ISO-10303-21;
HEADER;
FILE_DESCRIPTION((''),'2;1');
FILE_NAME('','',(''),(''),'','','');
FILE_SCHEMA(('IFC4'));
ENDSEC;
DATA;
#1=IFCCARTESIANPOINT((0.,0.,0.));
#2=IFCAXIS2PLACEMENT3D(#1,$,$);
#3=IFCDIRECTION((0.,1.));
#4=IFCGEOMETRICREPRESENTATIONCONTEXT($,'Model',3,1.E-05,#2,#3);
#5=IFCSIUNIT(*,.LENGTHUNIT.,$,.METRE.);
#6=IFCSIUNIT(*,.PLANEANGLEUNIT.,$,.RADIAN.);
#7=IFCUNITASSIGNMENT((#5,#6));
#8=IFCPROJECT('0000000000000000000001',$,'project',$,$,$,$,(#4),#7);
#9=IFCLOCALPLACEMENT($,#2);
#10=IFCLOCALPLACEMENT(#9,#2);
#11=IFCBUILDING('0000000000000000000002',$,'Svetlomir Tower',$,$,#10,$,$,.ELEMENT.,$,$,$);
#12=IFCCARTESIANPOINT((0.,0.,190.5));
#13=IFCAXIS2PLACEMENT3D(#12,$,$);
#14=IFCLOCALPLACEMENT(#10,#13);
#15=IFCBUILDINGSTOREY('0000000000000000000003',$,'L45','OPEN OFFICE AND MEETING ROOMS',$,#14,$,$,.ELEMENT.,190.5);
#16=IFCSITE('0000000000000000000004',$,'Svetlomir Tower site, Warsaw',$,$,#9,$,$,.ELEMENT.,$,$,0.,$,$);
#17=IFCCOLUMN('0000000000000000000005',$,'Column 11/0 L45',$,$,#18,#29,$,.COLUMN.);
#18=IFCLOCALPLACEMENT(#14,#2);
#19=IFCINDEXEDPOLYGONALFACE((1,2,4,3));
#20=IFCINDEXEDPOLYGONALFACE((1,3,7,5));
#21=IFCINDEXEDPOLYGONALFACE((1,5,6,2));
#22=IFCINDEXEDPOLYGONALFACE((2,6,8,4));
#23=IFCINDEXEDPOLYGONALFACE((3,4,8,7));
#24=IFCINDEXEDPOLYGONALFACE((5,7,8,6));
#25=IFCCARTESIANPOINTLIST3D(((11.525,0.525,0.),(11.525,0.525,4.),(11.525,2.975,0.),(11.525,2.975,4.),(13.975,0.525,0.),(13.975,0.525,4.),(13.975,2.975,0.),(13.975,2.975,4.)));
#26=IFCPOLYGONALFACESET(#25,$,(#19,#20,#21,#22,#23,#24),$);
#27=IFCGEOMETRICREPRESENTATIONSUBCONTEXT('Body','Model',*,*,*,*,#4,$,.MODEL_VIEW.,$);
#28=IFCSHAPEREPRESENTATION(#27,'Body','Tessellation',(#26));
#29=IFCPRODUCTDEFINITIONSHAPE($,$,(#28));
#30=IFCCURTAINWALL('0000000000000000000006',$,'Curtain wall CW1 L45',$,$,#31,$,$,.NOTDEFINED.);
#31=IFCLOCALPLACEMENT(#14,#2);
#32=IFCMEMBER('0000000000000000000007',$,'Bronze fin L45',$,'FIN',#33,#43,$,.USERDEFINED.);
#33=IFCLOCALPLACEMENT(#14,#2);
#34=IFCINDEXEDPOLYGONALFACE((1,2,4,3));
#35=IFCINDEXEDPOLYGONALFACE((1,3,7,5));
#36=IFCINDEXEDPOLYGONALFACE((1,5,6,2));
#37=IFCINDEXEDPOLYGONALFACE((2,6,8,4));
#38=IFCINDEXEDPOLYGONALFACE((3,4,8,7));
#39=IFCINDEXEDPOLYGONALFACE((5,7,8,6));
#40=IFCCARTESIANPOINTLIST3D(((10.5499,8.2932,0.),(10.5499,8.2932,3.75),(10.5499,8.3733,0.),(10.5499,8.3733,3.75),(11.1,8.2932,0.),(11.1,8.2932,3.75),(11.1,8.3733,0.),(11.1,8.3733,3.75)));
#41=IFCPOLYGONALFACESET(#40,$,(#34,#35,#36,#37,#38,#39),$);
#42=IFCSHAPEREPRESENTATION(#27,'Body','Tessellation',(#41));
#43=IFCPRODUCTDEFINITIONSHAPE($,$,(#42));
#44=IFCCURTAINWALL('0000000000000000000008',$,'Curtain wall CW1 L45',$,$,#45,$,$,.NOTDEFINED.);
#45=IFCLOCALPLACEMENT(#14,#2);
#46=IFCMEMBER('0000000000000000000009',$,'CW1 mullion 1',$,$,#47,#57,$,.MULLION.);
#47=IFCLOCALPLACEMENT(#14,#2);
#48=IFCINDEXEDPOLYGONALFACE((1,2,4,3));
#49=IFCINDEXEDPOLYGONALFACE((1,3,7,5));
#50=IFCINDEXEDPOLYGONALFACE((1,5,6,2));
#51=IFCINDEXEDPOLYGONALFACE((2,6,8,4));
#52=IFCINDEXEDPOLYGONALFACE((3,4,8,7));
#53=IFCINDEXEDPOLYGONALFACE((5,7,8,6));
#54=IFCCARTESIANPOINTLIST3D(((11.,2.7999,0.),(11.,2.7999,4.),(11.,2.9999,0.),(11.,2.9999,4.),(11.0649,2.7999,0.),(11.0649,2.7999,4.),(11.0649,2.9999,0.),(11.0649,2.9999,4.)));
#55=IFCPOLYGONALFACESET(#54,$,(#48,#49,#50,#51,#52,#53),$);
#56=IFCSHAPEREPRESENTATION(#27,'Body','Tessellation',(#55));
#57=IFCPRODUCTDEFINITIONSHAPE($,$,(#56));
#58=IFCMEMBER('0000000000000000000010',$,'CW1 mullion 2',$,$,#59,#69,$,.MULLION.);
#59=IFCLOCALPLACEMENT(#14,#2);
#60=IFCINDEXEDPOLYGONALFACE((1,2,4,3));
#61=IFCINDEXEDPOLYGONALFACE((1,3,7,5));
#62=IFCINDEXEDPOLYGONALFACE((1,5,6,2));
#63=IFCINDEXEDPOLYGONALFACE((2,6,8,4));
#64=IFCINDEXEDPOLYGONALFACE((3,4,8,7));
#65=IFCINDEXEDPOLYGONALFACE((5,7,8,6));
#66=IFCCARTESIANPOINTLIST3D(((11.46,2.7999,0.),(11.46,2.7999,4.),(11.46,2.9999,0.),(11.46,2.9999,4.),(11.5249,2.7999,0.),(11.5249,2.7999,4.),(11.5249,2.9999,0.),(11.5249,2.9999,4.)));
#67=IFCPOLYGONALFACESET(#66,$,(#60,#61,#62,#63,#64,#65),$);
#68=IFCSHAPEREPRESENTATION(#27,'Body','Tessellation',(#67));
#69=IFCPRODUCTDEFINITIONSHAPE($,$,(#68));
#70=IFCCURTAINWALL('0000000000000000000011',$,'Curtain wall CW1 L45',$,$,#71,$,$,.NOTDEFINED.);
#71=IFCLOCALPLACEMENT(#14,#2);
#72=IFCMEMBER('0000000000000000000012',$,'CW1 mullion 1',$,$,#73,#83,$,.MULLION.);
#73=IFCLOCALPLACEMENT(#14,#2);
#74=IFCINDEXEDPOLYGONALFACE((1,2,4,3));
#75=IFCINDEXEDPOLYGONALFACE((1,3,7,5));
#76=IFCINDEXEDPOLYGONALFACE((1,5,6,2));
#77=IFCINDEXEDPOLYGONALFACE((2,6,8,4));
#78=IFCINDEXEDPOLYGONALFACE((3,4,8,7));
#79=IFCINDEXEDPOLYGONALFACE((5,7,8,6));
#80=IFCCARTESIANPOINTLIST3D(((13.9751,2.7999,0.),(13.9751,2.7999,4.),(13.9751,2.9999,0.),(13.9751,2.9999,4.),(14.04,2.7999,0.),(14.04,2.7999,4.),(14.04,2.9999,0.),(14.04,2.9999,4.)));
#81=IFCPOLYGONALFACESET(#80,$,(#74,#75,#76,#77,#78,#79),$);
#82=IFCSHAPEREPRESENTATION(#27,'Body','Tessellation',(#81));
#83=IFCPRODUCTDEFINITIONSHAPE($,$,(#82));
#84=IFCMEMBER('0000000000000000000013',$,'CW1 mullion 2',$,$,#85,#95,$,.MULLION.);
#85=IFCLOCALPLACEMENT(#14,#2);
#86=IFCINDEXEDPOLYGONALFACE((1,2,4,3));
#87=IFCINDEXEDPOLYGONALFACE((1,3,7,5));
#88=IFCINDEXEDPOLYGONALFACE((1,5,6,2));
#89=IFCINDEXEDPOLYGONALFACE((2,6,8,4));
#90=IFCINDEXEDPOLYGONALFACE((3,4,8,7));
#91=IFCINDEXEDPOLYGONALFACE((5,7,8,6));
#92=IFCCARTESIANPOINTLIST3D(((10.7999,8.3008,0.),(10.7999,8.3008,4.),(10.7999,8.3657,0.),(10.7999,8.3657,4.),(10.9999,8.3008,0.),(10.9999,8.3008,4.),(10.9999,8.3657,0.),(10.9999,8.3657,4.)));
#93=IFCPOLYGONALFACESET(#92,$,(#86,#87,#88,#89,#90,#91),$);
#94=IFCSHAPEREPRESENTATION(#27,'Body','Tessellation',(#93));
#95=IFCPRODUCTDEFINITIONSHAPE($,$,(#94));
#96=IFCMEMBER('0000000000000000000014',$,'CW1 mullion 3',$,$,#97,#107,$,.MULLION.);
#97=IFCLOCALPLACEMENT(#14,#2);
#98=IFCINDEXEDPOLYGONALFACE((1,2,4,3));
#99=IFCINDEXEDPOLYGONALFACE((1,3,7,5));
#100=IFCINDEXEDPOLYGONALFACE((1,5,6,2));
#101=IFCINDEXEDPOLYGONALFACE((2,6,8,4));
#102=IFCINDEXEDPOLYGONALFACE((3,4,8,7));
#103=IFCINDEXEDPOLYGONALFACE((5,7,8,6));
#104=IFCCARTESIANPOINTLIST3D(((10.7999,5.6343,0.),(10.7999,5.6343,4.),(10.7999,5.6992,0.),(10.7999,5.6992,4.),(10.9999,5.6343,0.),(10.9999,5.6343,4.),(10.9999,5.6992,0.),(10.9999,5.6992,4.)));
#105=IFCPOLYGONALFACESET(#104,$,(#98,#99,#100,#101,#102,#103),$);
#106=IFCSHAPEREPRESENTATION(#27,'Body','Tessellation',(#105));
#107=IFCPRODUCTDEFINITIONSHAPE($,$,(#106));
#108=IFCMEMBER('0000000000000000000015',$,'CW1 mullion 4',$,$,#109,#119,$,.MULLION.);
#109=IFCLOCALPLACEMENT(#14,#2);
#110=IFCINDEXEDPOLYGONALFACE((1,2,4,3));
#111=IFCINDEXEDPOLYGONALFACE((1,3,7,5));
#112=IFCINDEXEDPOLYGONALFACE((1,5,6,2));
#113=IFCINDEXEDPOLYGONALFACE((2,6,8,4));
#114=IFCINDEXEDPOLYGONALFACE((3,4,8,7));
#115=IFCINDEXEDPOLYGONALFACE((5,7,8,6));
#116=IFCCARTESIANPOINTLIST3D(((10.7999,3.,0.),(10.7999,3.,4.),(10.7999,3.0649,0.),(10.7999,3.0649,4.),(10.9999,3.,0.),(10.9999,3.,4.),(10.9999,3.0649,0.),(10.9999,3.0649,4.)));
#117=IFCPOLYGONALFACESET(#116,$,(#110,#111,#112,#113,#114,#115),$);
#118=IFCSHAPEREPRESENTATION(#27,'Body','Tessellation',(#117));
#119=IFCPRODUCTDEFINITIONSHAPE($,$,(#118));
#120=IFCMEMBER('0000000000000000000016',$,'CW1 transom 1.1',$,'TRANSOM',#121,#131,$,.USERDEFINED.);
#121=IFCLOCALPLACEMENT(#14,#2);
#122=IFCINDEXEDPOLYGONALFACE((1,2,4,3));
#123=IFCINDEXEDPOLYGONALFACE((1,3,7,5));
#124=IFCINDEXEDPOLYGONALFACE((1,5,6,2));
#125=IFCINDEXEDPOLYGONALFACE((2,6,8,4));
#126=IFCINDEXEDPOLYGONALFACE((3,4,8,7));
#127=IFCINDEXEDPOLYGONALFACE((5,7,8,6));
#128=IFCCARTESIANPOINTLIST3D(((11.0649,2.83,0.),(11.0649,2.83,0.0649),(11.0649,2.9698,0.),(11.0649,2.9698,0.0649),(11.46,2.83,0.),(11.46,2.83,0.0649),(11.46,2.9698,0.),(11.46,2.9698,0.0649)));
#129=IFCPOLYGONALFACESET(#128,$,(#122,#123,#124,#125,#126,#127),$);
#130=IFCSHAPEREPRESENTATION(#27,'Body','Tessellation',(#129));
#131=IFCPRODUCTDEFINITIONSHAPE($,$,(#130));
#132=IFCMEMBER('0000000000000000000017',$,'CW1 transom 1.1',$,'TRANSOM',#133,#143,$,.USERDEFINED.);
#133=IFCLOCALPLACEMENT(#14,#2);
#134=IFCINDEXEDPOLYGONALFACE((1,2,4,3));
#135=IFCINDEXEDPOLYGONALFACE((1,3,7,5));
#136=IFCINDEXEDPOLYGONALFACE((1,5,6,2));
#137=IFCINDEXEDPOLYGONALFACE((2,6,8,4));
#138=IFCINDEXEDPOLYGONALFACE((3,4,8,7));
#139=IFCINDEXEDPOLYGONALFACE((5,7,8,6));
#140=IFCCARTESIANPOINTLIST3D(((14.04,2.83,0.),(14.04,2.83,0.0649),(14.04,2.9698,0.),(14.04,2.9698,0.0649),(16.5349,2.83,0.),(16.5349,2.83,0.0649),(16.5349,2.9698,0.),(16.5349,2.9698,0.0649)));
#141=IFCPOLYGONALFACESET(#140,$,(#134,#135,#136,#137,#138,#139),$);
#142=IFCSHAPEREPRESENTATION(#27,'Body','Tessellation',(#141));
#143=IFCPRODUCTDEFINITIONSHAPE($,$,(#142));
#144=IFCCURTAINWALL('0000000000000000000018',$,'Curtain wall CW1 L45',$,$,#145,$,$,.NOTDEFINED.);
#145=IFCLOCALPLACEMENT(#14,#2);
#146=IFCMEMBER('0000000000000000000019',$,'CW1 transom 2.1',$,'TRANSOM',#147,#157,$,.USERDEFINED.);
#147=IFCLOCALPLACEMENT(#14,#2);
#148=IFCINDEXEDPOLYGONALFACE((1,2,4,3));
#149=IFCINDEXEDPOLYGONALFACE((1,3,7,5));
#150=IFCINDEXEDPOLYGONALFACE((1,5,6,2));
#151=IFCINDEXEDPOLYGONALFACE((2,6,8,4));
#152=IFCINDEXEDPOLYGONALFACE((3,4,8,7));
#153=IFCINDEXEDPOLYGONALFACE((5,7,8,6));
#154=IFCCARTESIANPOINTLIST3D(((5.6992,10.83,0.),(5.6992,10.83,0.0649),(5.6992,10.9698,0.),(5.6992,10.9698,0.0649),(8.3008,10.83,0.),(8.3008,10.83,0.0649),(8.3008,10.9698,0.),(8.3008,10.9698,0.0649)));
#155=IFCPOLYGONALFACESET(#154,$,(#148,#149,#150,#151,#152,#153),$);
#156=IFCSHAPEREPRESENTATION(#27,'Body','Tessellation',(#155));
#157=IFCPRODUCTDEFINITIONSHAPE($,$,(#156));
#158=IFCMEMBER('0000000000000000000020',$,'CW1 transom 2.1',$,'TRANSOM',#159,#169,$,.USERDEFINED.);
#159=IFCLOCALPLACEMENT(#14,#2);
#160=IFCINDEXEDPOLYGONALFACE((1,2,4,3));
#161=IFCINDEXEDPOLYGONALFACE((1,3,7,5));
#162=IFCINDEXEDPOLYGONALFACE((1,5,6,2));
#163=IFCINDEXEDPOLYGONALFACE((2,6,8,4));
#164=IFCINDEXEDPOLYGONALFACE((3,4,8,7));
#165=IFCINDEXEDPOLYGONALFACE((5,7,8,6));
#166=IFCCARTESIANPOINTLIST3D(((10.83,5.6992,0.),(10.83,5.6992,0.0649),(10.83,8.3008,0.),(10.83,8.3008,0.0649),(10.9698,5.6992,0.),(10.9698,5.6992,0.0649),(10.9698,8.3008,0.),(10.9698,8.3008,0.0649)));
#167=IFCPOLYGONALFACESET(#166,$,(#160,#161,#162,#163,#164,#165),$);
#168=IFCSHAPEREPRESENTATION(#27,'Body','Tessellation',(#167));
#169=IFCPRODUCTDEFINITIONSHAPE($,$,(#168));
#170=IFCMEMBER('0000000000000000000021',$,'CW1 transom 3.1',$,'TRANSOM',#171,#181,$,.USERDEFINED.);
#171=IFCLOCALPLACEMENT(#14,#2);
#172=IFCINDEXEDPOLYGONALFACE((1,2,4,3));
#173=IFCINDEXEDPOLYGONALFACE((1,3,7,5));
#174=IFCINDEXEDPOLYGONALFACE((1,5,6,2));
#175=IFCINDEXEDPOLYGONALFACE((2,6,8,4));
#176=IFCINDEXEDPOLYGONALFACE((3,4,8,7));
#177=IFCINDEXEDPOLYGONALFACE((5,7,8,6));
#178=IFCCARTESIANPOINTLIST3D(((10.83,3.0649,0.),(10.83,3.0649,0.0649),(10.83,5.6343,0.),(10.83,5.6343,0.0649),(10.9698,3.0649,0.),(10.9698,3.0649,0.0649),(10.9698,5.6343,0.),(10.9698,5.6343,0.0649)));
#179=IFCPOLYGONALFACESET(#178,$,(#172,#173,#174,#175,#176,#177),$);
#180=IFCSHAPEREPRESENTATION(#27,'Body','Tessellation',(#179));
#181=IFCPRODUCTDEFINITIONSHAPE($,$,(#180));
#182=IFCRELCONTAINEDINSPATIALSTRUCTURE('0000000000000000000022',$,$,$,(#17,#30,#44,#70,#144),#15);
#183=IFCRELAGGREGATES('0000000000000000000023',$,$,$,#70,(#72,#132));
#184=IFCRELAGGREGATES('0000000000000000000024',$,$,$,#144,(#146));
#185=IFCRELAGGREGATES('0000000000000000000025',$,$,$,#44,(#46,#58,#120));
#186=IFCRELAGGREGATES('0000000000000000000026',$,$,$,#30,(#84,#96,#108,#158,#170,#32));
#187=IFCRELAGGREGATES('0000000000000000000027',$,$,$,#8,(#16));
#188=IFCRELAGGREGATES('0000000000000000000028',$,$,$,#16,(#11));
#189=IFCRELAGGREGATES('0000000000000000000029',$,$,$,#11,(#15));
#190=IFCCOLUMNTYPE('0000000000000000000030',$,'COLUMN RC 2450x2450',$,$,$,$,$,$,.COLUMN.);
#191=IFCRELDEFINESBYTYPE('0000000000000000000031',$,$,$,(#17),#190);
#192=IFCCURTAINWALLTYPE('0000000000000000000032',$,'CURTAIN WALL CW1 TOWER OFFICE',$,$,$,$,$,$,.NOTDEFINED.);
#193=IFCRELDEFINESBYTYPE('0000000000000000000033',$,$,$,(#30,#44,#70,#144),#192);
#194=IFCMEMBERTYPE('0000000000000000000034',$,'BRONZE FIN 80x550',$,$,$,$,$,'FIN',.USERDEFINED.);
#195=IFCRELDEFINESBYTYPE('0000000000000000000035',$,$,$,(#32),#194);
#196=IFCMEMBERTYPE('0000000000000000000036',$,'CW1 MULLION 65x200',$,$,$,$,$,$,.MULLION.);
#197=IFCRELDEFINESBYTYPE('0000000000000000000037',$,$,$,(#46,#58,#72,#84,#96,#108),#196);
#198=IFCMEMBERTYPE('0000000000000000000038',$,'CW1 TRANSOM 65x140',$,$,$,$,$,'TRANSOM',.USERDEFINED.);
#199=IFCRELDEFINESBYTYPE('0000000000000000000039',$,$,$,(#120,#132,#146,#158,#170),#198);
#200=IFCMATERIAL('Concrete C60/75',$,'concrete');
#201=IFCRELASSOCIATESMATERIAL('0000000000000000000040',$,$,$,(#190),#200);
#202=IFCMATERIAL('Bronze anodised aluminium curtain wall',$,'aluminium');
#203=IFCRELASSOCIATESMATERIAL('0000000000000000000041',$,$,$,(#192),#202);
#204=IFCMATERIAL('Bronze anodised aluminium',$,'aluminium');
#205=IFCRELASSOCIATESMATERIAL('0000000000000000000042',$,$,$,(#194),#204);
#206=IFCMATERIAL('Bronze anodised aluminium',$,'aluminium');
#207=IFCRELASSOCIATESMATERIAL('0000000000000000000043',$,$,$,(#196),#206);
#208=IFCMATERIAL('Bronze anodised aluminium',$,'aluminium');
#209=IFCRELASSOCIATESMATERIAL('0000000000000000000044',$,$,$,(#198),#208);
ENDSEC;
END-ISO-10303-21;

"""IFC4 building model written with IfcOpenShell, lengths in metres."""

from ifc_helpers import new_model, si_unit, direction, frame, origin, origin_2d, place, context, subcontext, project, spatial, rectangle, extrude, material, material_profile, profile_set, type_object, element, aggregate, save


model = new_model("IFC4")

# Units and contexts
model_context = context("Model", 3, precision=1e-05, world=origin(), true_north=direction((0.0, 1.0)))
body_context = subcontext(model_context, "Body", "Model", "MODEL_VIEW")
ifc_project = project(units=[si_unit("LENGTHUNIT", "METRE"), si_unit("PLANEANGLEUNIT", "RADIAN")], contexts=[model_context])

# Site, building, storey
site_placement = place(None, origin())
site = spatial("IfcSite", under=ifc_project, at=site_placement, Name="Svetlomir Tower site, Warsaw", CompositionType="ELEMENT", RefElevation=0.0)
building_placement = place(site_placement, origin())
building = spatial("IfcBuilding", under=site, at=building_placement, Name="Svetlomir Tower", CompositionType="ELEMENT")
storey_placement = place(building_placement, frame((0.0, 0.0, 190.5)))
storey = spatial("IfcBuildingStorey", under=building, at=storey_placement, Name="L45", Description="OPEN OFFICE AND MEETING ROOMS", CompositionType="ELEMENT", Elevation=190.5)

# Column
ifc_material_1 = material(Name="Concrete C60/75", Category="concrete")
ifc_material_profile_1 = material_profile(ifc_material_1, rectangle(XDim=2.45, YDim=2.45, at=origin_2d()), Name="RC 2450x2450")
ifc_profile_set_1 = profile_set([ifc_material_profile_1], Name="Concrete C60/75")
column_type = type_object("IfcColumnType", Name="COLUMN RC 2450x2450", PredefinedType="COLUMN", material=ifc_profile_set_1)
column_placement = place(storey_placement, frame((12.75, 1.75, 0.0), z_axis=(0.0, 0.0, 1.0), x_axis=(1.0, 0.0, 0.0)))
element("IfcColumn", 1, at=column_placement, inside=storey, type_object=column_type, Name="Column 11/0 L45", PredefinedType="COLUMN", context=body_context, shape_type="SweptSolid", body=[
    extrude(rectangle(XDim=2.45, YDim=2.45, at=origin_2d()), origin(), (0.0, 0.0, 1.0), 4.0),
])

# Curtain wall, member
ifc_material_2 = material(Name="Bronze anodised aluminium curtain wall", Category="aluminium")
curtain_wall_type = type_object("IfcCurtainWallType", Name="CURTAIN WALL CW1 TOWER OFFICE", PredefinedType="NOTDEFINED", material=ifc_material_2)
curtain_wall_1_placement = place(storey_placement, origin())
curtain_wall_1 = element("IfcCurtainWall", 2, at=curtain_wall_1_placement, inside=storey, type_object=curtain_wall_type, Name="Curtain wall CW1 L45", PredefinedType="NOTDEFINED")
ifc_material_3 = material(Name="Bronze anodised aluminium", Category="aluminium")
ifc_material_profile_2 = material_profile(ifc_material_3, rectangle(XDim=0.0801, YDim=0.55, at=origin_2d()), Name="FIN 80x550")
ifc_profile_set_2 = profile_set([ifc_material_profile_2], Name="Bronze anodised aluminium 6063-T6")
member_type_1 = type_object("IfcMemberType", Name="BRONZE FIN 80x550", ElementType="FIN", PredefinedType="USERDEFINED", material=ifc_profile_set_2)
member_1_placement = place(storey_placement, frame((10.825, 8.3333, 0.0), z_axis=(0.0, 0.0, 1.0), x_axis=(0.0, 1.0, 0.0)))
member_1 = element("IfcMember", 3, at=member_1_placement, type_object=member_type_1, Name="Bronze fin L45", ObjectType="FIN", PredefinedType="USERDEFINED", context=body_context, shape_type="SweptSolid", body=[
    extrude(rectangle(XDim=0.0801, YDim=0.55, at=origin_2d()), origin(), (0.0, 0.0, 1.0), 3.75),
])

# Curtain wall, members
curtain_wall_2_placement = place(storey_placement, origin())
curtain_wall_2 = element("IfcCurtainWall", 4, at=curtain_wall_2_placement, inside=storey, type_object=curtain_wall_type, Name="Curtain wall CW1 L45", PredefinedType="NOTDEFINED")
ifc_material_4 = material(Name="Bronze anodised aluminium", Category="aluminium")
ifc_material_profile_3 = material_profile(ifc_material_4, rectangle(XDim=0.0649, YDim=0.2, at=origin_2d()), Name="AL 65x200")
ifc_profile_set_3 = profile_set([ifc_material_profile_3], Name="Bronze anodised aluminium 6063-T6")
member_type_2 = type_object("IfcMemberType", Name="CW1 MULLION 65x200", PredefinedType="MULLION", material=ifc_profile_set_3)
member_2_placement = place(storey_placement, frame((11.0325, 2.8999, 0.0), z_axis=(0.0, 0.0, 1.0), x_axis=(1.0, 0.0, 0.0)))
member_2 = element("IfcMember", 5, at=member_2_placement, type_object=member_type_2, Name="CW1 mullion 1", PredefinedType="MULLION", context=body_context, shape_type="SweptSolid", body=[
    extrude(rectangle(XDim=0.0649, YDim=0.2, at=origin_2d()), origin(), (0.0, 0.0, 1.0), 4.0),
])
member_3_placement = place(storey_placement, frame((11.4924, 2.8999, 0.0), z_axis=(0.0, 0.0, 1.0), x_axis=(1.0, 0.0, 0.0)))
member_3 = element("IfcMember", 6, at=member_3_placement, type_object=member_type_2, Name="CW1 mullion 2", PredefinedType="MULLION", context=body_context, shape_type="SweptSolid", body=[
    extrude(rectangle(XDim=0.0649, YDim=0.2, at=origin_2d()), origin(), (0.0, 0.0, 1.0), 4.0),
])

# Curtain wall, member
curtain_wall_3_placement = place(storey_placement, origin())
curtain_wall_3 = element("IfcCurtainWall", 7, at=curtain_wall_3_placement, inside=storey, type_object=curtain_wall_type, Name="Curtain wall CW1 L45", PredefinedType="NOTDEFINED")
member_4_placement = place(storey_placement, frame((14.0076, 2.8999, 0.0), z_axis=(0.0, 0.0, 1.0), x_axis=(1.0, 0.0, 0.0)))
member_4 = element("IfcMember", 8, at=member_4_placement, type_object=member_type_2, Name="CW1 mullion 1", PredefinedType="MULLION", context=body_context, shape_type="SweptSolid", body=[
    extrude(rectangle(XDim=0.0649, YDim=0.2, at=origin_2d()), origin(), (0.0, 0.0, 1.0), 4.0),
])

# Members
member_5_placement = place(storey_placement, frame((10.8999, 8.3333, 0.0), z_axis=(0.0, 0.0, 1.0), x_axis=(0.0, -1.0, 0.0)))
member_5 = element("IfcMember", 9, at=member_5_placement, type_object=member_type_2, Name="CW1 mullion 2", PredefinedType="MULLION", context=body_context, shape_type="SweptSolid", body=[
    extrude(rectangle(XDim=0.0649, YDim=0.2, at=origin_2d()), origin(), (0.0, 0.0, 1.0), 4.0),
])
member_6_placement = place(storey_placement, frame((10.8999, 5.6667, 0.0), z_axis=(0.0, 0.0, 1.0), x_axis=(0.0, -1.0, 0.0)))
member_6 = element("IfcMember", 10, at=member_6_placement, type_object=member_type_2, Name="CW1 mullion 3", PredefinedType="MULLION", context=body_context, shape_type="SweptSolid", body=[
    extrude(rectangle(XDim=0.0649, YDim=0.2, at=origin_2d()), origin(), (0.0, 0.0, 1.0), 4.0),
])
member_7_placement = place(storey_placement, frame((10.8999, 3.0325, 0.0), z_axis=(0.0, 0.0, 1.0), x_axis=(0.0, -1.0, 0.0)))
member_7 = element("IfcMember", 11, at=member_7_placement, type_object=member_type_2, Name="CW1 mullion 4", PredefinedType="MULLION", context=body_context, shape_type="SweptSolid", body=[
    extrude(rectangle(XDim=0.0649, YDim=0.2, at=origin_2d()), origin(), (0.0, 0.0, 1.0), 4.0),
])
ifc_material_5 = material(Name="Bronze anodised aluminium", Category="aluminium")
ifc_material_profile_4 = material_profile(ifc_material_5, rectangle(XDim=0.1399, YDim=0.0649, at=origin_2d()), Name="AL 140x65")
ifc_profile_set_4 = profile_set([ifc_material_profile_4], Name="Bronze anodised aluminium 6063-T6")
member_type_3 = type_object("IfcMemberType", Name="CW1 TRANSOM 65x140", ElementType="TRANSOM", PredefinedType="USERDEFINED", material=ifc_profile_set_4)
member_8_placement = place(storey_placement, frame((11.0649, 2.8999, 0.0325), z_axis=(1.0, 0.0, 0.0), x_axis=(0.0, 1.0, 0.0)))
member_8 = element("IfcMember", 12, at=member_8_placement, type_object=member_type_3, Name="CW1 transom 1.1", ObjectType="TRANSOM", PredefinedType="USERDEFINED", context=body_context, shape_type="SweptSolid", body=[
    extrude(rectangle(XDim=0.1399, YDim=0.0649, at=origin_2d()), origin(), (0.0, 0.0, 1.0), 0.395),
])
member_9_placement = place(storey_placement, frame((14.04, 2.8999, 0.0325), z_axis=(1.0, 0.0, 0.0), x_axis=(0.0, 1.0, 0.0)))
member_9 = element("IfcMember", 13, at=member_9_placement, type_object=member_type_3, Name="CW1 transom 1.1", ObjectType="TRANSOM", PredefinedType="USERDEFINED", context=body_context, shape_type="SweptSolid", body=[
    extrude(rectangle(XDim=0.1399, YDim=0.0649, at=origin_2d()), origin(), (0.0, 0.0, 1.0), 2.4949),
])
aggregate(curtain_wall_3, [member_4, member_9])

# Curtain wall, member
curtain_wall_4_placement = place(storey_placement, origin())
curtain_wall_4 = element("IfcCurtainWall", 14, at=curtain_wall_4_placement, inside=storey, type_object=curtain_wall_type, Name="Curtain wall CW1 L45", PredefinedType="NOTDEFINED")
member_10_placement = place(storey_placement, frame((5.6992, 10.8999, 0.0325), z_axis=(1.0, 0.0, 0.0), x_axis=(0.0, 1.0, 0.0)))
member_10 = element("IfcMember", 15, at=member_10_placement, type_object=member_type_3, Name="CW1 transom 2.1", ObjectType="TRANSOM", PredefinedType="USERDEFINED", context=body_context, shape_type="SweptSolid", body=[
    extrude(rectangle(XDim=0.1399, YDim=0.0649, at=origin_2d()), origin(), (0.0, 0.0, 1.0), 2.6016),
])
aggregate(curtain_wall_4, [member_10])

# Members
member_11_placement = place(storey_placement, frame((10.8999, 8.3008, 0.0325), z_axis=(0.0, -1.0, 0.0), x_axis=(1.0, 0.0, 0.0)))
member_11 = element("IfcMember", 16, at=member_11_placement, type_object=member_type_3, Name="CW1 transom 2.1", ObjectType="TRANSOM", PredefinedType="USERDEFINED", context=body_context, shape_type="SweptSolid", body=[
    extrude(rectangle(XDim=0.1399, YDim=0.0649, at=origin_2d()), origin(), (0.0, 0.0, 1.0), 2.6016),
])
member_12_placement = place(storey_placement, frame((10.8999, 5.6343, 0.0325), z_axis=(0.0, -1.0, 0.0), x_axis=(1.0, 0.0, 0.0)))
member_12 = element("IfcMember", 17, at=member_12_placement, type_object=member_type_3, Name="CW1 transom 3.1", ObjectType="TRANSOM", PredefinedType="USERDEFINED", context=body_context, shape_type="SweptSolid", body=[
    extrude(rectangle(XDim=0.1399, YDim=0.0649, at=origin_2d()), origin(), (0.0, 0.0, 1.0), 2.5693),
])

aggregate(curtain_wall_2, [member_2, member_3, member_8])
aggregate(curtain_wall_1, [member_5, member_6, member_7, member_11, member_12, member_1])

save(model, "model.ifc")
